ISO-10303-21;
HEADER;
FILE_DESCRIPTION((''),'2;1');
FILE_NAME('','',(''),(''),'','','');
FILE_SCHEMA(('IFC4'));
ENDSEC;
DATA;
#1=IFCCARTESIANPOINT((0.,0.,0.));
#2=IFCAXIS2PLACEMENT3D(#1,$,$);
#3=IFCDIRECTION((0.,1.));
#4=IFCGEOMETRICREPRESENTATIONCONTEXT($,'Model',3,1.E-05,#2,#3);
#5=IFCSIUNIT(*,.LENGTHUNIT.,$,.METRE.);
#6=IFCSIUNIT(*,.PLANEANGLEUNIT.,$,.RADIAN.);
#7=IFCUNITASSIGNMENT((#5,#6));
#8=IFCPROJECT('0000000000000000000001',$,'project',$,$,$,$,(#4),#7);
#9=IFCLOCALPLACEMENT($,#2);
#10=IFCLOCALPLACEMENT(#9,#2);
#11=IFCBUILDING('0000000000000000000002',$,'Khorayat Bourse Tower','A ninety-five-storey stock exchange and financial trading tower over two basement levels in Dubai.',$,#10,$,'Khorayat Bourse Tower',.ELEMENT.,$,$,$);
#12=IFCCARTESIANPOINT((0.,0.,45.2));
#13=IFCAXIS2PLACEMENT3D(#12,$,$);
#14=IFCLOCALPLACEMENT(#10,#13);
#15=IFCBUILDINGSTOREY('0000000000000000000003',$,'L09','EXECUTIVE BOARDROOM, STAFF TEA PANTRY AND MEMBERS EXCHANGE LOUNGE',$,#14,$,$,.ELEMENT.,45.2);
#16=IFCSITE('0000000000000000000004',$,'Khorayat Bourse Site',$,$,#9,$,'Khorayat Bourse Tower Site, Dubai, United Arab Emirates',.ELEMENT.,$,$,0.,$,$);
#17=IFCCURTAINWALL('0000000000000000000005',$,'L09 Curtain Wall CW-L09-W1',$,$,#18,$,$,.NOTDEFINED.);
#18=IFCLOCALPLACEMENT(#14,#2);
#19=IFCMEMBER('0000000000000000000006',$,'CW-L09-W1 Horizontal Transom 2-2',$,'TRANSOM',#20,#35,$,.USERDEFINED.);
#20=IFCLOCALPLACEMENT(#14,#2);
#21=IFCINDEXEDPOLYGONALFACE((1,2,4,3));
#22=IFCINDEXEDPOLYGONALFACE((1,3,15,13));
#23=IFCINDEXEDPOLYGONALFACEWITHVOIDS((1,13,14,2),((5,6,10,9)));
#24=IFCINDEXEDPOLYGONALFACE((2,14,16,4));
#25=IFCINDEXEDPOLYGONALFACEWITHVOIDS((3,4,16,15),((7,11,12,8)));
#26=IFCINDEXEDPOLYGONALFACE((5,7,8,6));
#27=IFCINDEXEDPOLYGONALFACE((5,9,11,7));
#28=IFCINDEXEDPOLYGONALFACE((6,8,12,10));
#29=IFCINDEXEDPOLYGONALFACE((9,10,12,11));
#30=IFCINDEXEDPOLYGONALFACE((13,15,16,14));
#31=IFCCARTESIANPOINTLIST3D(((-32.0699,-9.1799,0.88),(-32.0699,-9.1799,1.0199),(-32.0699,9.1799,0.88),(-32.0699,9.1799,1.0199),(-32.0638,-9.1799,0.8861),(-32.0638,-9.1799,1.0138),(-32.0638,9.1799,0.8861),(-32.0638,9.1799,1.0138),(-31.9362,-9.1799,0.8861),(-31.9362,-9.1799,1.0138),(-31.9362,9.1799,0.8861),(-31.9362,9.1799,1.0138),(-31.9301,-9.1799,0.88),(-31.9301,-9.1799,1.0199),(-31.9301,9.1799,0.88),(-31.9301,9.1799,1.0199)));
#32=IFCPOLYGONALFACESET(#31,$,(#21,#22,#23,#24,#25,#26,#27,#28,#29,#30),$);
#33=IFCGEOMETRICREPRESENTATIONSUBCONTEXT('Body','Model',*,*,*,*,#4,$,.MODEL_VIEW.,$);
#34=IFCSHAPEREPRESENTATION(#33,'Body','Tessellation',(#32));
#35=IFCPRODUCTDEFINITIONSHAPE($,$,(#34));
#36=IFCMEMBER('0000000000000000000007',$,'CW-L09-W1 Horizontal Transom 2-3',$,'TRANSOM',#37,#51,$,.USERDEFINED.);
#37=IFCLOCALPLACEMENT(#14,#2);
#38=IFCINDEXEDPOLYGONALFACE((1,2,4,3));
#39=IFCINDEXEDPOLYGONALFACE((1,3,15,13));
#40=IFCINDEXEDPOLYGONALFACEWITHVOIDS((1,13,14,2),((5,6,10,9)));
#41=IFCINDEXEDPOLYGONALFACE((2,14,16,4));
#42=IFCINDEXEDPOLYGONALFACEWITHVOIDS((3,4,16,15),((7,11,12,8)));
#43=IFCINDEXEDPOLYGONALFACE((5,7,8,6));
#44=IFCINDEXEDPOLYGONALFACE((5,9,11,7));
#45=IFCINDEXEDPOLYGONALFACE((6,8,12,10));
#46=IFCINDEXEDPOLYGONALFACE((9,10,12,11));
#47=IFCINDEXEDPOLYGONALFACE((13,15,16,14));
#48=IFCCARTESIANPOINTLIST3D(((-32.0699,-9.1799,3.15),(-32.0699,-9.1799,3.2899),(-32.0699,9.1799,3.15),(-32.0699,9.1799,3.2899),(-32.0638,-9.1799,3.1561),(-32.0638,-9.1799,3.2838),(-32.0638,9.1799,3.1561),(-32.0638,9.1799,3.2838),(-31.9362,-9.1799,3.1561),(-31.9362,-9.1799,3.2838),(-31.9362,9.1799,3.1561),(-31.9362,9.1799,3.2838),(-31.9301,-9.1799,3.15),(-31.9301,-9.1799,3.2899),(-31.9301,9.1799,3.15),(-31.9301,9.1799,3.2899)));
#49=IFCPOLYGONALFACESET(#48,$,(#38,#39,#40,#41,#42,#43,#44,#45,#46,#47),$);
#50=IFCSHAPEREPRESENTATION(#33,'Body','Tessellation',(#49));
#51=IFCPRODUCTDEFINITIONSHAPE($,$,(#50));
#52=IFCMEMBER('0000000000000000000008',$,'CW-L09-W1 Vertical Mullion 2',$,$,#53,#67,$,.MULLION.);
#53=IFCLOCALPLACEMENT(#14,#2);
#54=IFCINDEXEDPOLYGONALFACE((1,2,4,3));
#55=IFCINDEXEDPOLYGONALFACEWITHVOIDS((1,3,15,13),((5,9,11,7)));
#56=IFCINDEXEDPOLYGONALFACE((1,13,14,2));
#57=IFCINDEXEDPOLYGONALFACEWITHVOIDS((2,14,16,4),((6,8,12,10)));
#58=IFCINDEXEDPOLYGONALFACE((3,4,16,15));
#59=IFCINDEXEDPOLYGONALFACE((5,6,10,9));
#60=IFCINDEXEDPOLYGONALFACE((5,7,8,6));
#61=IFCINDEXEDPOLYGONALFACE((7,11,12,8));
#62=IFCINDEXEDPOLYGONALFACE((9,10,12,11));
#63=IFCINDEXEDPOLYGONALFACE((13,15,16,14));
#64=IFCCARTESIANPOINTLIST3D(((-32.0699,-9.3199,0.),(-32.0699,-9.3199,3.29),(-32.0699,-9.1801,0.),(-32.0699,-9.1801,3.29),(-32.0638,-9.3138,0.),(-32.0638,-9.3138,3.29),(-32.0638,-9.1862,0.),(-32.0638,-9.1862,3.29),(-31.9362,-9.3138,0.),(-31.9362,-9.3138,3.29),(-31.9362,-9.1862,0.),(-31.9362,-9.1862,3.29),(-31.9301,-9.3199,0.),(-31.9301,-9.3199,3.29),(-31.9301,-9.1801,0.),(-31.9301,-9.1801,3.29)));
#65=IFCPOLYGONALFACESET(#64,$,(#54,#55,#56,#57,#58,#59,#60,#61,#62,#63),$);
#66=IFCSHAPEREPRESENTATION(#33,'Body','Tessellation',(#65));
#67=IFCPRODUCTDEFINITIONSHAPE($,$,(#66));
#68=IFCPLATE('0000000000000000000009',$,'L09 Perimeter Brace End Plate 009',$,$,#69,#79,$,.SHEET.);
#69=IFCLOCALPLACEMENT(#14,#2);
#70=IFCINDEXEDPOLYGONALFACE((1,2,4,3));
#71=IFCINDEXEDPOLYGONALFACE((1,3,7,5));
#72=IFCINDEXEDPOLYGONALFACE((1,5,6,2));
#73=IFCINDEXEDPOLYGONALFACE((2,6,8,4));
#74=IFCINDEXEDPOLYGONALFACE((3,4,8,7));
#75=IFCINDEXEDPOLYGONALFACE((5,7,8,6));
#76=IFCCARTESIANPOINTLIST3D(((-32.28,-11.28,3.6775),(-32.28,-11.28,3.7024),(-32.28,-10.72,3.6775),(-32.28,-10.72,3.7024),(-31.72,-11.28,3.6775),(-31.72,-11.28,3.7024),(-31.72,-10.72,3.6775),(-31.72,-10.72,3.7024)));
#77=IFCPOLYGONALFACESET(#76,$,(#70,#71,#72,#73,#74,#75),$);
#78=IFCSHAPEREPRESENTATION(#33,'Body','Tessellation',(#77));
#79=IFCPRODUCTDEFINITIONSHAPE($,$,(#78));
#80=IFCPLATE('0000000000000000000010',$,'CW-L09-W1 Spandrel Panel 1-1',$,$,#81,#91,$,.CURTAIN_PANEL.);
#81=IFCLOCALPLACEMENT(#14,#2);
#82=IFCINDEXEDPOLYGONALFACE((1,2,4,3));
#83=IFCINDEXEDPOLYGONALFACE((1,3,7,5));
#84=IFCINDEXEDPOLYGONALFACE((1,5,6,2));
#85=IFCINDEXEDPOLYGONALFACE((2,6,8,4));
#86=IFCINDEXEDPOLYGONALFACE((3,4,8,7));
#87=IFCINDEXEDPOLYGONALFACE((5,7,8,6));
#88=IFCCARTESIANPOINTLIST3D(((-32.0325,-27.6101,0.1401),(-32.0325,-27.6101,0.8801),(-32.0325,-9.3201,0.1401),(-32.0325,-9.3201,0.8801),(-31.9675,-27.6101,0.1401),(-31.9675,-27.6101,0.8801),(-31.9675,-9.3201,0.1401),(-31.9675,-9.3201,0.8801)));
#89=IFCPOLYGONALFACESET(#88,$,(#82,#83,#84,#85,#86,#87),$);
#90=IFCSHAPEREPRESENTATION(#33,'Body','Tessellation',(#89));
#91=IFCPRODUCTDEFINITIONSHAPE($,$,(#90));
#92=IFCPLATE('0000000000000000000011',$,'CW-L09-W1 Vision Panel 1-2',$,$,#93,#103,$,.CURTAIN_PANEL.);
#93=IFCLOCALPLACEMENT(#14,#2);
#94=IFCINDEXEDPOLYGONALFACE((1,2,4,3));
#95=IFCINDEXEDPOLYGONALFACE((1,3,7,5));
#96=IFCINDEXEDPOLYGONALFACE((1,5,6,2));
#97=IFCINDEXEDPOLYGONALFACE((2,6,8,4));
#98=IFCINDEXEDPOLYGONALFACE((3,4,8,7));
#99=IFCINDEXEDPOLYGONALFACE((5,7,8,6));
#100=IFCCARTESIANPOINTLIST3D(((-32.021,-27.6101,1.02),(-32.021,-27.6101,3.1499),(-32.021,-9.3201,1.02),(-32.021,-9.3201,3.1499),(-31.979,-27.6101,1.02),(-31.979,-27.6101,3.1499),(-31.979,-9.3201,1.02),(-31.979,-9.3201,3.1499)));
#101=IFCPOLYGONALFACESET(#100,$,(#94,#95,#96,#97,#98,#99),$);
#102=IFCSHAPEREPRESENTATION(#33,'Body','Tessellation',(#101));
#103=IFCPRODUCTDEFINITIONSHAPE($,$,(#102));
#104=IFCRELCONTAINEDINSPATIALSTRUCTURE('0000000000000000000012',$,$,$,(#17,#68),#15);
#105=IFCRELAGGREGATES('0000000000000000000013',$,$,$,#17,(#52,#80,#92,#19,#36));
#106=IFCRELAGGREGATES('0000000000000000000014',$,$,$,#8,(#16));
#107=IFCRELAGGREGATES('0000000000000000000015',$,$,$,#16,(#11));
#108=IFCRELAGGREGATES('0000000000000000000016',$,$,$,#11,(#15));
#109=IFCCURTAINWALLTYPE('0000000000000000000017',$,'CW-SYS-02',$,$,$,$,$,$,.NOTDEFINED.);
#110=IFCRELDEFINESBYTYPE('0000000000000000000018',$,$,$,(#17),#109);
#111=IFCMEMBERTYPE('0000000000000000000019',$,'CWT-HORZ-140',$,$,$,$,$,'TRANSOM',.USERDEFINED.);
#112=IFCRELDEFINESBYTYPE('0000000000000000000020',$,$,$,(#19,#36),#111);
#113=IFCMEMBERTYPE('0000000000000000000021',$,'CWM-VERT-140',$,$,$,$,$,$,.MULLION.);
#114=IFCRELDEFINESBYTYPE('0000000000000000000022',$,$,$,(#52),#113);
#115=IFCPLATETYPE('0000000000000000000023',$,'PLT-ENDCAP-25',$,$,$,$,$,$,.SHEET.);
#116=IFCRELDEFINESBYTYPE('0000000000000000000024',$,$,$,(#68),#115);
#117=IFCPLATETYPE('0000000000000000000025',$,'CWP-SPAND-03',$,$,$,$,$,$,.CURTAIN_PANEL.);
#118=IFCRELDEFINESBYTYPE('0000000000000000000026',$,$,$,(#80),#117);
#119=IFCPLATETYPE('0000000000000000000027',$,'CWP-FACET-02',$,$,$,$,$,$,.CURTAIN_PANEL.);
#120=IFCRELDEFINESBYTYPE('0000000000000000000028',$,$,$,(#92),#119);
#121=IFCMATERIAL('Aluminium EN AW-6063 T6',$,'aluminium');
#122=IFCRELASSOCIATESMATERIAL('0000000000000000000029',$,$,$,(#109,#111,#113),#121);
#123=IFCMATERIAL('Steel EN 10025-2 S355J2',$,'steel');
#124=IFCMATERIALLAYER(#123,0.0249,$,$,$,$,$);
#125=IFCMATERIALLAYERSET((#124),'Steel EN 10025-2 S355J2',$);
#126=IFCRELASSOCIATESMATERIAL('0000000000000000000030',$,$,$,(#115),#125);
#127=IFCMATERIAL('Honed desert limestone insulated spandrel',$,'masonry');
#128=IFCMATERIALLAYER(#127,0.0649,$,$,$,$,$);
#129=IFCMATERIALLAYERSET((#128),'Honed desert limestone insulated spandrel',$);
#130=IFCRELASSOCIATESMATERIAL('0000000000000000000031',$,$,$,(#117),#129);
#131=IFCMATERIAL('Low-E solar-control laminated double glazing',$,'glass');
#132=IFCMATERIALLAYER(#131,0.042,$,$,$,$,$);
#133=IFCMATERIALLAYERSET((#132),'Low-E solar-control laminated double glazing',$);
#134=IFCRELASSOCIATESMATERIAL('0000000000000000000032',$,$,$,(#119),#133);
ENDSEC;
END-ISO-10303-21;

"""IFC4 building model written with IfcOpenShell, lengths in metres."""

from ifc_helpers import new_model, si_unit, direction, frame, origin, origin_2d, place, context, subcontext, project, spatial, rectangle, hollow_rectangle, extrude, source, transform, mapped, material, layer, layer_set, material_profile, profile_set, type_object, element, aggregate, save


model = new_model("IFC4")

# Units and contexts
model_context = context("Model", 3, precision=1e-05, world=origin(), true_north=direction((0.0, 1.0)))
body_context = subcontext(model_context, "Body", "Model", "MODEL_VIEW")
ifc_project = project(units=[si_unit("LENGTHUNIT", "METRE"), si_unit("PLANEANGLEUNIT", "RADIAN")], contexts=[model_context])

# Site, building, storey
site_placement = place(None, origin())
site = spatial("IfcSite", under=ifc_project, at=site_placement, Name="Khorayat Bourse Site", LongName="Khorayat Bourse Tower Site, Dubai, United Arab Emirates", CompositionType="ELEMENT", RefElevation=0.0)
building_placement = place(site_placement, origin())
building = spatial("IfcBuilding", under=site, at=building_placement, Name="Khorayat Bourse Tower", Description="A ninety-five-storey stock exchange and financial trading tower over two basement levels in Dubai.", LongName="Khorayat Bourse Tower", CompositionType="ELEMENT")
storey_placement = place(building_placement, frame((0.0, 0.0, 45.2)))
storey = spatial("IfcBuildingStorey", under=building, at=storey_placement, Name="L09", Description="EXECUTIVE BOARDROOM, STAFF TEA PANTRY AND MEMBERS EXCHANGE LOUNGE", CompositionType="ELEMENT", Elevation=45.2)

# Curtain wall, members
ifc_material_1 = material(Name="Aluminium EN AW-6063 T6", Category="aluminium")
curtain_wall_type = type_object("IfcCurtainWallType", Name="CW-SYS-02", PredefinedType="NOTDEFINED", material=ifc_material_1)
curtain_wall_placement = place(storey_placement, origin())
curtain_wall = element("IfcCurtainWall", 1, at=curtain_wall_placement, inside=storey, type_object=curtain_wall_type, Name="L09 Curtain Wall CW-L09-W1", PredefinedType="NOTDEFINED")
ifc_material_profile_1 = material_profile(ifc_material_1, hollow_rectangle(XDim=0.1399, YDim=0.1399, WallThickness=0.0061, at=origin_2d()), Name="ALU 140x140x6")
ifc_profile_set_1 = profile_set([ifc_material_profile_1], Name="Aluminium EN AW-6063 T6")
member_type_1 = type_object("IfcMemberType", Name="CWT-HORZ-140", ElementType="TRANSOM", PredefinedType="USERDEFINED", material=ifc_profile_set_1)
shared_shape_1 = source(origin(), body_context, "Body", "SweptSolid", [
    extrude(hollow_rectangle(XDim=0.1399, YDim=0.1399, WallThickness=0.0061, at=origin_2d()), origin(), (0.0, 0.0, 1.0), 18.3599),
])
member_1_placement = place(storey_placement, frame((-32.0, -9.1799, 0.95), z_axis=(0.0, 1.0, 0.0), x_axis=(-1.0, 0.0, 0.0)))
member_1 = element("IfcMember", 2, at=member_1_placement, type_object=member_type_1, Name="CW-L09-W1 Horizontal Transom 2-2", ObjectType="TRANSOM", PredefinedType="USERDEFINED", context=body_context, shape_type="MappedRepresentation", body=[
    mapped(shared_shape_1, transform((0.0, 0.0, 0.0), scale=1.0)),
])
member_2_placement = place(storey_placement, frame((-32.0, -9.1799, 3.22), z_axis=(0.0, 1.0, 0.0), x_axis=(-1.0, 0.0, 0.0)))
member_2 = element("IfcMember", 3, at=member_2_placement, type_object=member_type_1, Name="CW-L09-W1 Horizontal Transom 2-3", ObjectType="TRANSOM", PredefinedType="USERDEFINED", context=body_context, shape_type="MappedRepresentation", body=[
    mapped(shared_shape_1, transform((0.0, 0.0, 0.0), scale=1.0)),
])
ifc_material_profile_2 = material_profile(ifc_material_1, hollow_rectangle(XDim=0.1399, YDim=0.1399, WallThickness=0.0061, at=origin_2d()), Name="ALU 140x140x6")
ifc_profile_set_2 = profile_set([ifc_material_profile_2], Name="Aluminium EN AW-6063 T6")
member_type_2 = type_object("IfcMemberType", Name="CWM-VERT-140", PredefinedType="MULLION", material=ifc_profile_set_2)
shared_shape_2 = source(origin(), body_context, "Body", "SweptSolid", [
    extrude(hollow_rectangle(XDim=0.1399, YDim=0.1399, WallThickness=0.0061, at=origin_2d()), origin(), (0.0, 0.0, 1.0), 3.29),
])
member_3_placement = place(storey_placement, frame((-32.0, -9.25, 0.0), z_axis=(0.0, 0.0, 1.0), x_axis=(-1.0, 0.0, 0.0)))
member_3 = element("IfcMember", 4, at=member_3_placement, type_object=member_type_2, Name="CW-L09-W1 Vertical Mullion 2", PredefinedType="MULLION", context=body_context, shape_type="MappedRepresentation", body=[
    mapped(shared_shape_2, transform((0.0, 0.0, 0.0), scale=1.0)),
])

# Plates
ifc_material_2 = material(Name="Steel EN 10025-2 S355J2", Category="steel")
ifc_layer_1 = layer(ifc_material_2, 0.0249)
ifc_layer_set_1 = layer_set([ifc_layer_1], Name="Steel EN 10025-2 S355J2")
plate_type_1 = type_object("IfcPlateType", Name="PLT-ENDCAP-25", PredefinedType="SHEET", material=ifc_layer_set_1)
shared_shape_3 = source(origin(), body_context, "Body", "SweptSolid", [
    extrude(rectangle(XDim=0.5601, YDim=0.5601, at=origin_2d()), origin(), (0.0, 0.0, 1.0), 0.0249),
])
plate_1_placement = place(storey_placement, frame((-32.0, -11.0, 3.6775), z_axis=(0.0, 0.0, 1.0), x_axis=(1.0, 0.0, 0.0)))
element("IfcPlate", 5, at=plate_1_placement, inside=storey, type_object=plate_type_1, Name="L09 Perimeter Brace End Plate 009", PredefinedType="SHEET", context=body_context, shape_type="MappedRepresentation", body=[
    mapped(shared_shape_3, transform((0.0, 0.0, 0.0), scale=1.0)),
])
ifc_material_3 = material(Name="Honed desert limestone insulated spandrel", Category="masonry")
ifc_layer_2 = layer(ifc_material_3, 0.0649)
ifc_layer_set_2 = layer_set([ifc_layer_2], Name="Honed desert limestone insulated spandrel")
plate_type_2 = type_object("IfcPlateType", Name="CWP-SPAND-03", PredefinedType="CURTAIN_PANEL", material=ifc_layer_set_2)
shared_shape_4 = source(origin(), body_context, "Body", "SweptSolid", [
    extrude(rectangle(XDim=18.29, YDim=0.0649, at=origin_2d()), origin(), (0.0, 0.0, 1.0), 0.74),
])
plate_2_placement = place(storey_placement, frame((-32.0, -18.4651, 0.1401), z_axis=(0.0, 0.0, 1.0), x_axis=(0.0, 1.0, 0.0)))
plate_2 = element("IfcPlate", 6, at=plate_2_placement, type_object=plate_type_2, Name="CW-L09-W1 Spandrel Panel 1-1", PredefinedType="CURTAIN_PANEL", context=body_context, shape_type="MappedRepresentation", body=[
    mapped(shared_shape_4, transform((0.0, 0.0, 0.0), scale=1.0)),
])
ifc_material_4 = material(Name="Low-E solar-control laminated double glazing", Category="glass")
ifc_layer_3 = layer(ifc_material_4, 0.042)
ifc_layer_set_3 = layer_set([ifc_layer_3], Name="Low-E solar-control laminated double glazing")
plate_type_3 = type_object("IfcPlateType", Name="CWP-FACET-02", PredefinedType="CURTAIN_PANEL", material=ifc_layer_set_3)
shared_shape_5 = source(origin(), body_context, "Body", "SweptSolid", [
    extrude(rectangle(XDim=18.29, YDim=0.042, at=origin_2d()), origin(), (0.0, 0.0, 1.0), 2.1299),
])
plate_3_placement = place(storey_placement, frame((-32.0, -18.4651, 1.02), z_axis=(0.0, 0.0, 1.0), x_axis=(0.0, 1.0, 0.0)))
plate_3 = element("IfcPlate", 7, at=plate_3_placement, type_object=plate_type_3, Name="CW-L09-W1 Vision Panel 1-2", PredefinedType="CURTAIN_PANEL", context=body_context, shape_type="MappedRepresentation", body=[
    mapped(shared_shape_5, transform((0.0, 0.0, 0.0), scale=1.0)),
])
aggregate(curtain_wall, [member_3, plate_2, plate_3, member_1, member_2])

save(model, "model.ifc")
